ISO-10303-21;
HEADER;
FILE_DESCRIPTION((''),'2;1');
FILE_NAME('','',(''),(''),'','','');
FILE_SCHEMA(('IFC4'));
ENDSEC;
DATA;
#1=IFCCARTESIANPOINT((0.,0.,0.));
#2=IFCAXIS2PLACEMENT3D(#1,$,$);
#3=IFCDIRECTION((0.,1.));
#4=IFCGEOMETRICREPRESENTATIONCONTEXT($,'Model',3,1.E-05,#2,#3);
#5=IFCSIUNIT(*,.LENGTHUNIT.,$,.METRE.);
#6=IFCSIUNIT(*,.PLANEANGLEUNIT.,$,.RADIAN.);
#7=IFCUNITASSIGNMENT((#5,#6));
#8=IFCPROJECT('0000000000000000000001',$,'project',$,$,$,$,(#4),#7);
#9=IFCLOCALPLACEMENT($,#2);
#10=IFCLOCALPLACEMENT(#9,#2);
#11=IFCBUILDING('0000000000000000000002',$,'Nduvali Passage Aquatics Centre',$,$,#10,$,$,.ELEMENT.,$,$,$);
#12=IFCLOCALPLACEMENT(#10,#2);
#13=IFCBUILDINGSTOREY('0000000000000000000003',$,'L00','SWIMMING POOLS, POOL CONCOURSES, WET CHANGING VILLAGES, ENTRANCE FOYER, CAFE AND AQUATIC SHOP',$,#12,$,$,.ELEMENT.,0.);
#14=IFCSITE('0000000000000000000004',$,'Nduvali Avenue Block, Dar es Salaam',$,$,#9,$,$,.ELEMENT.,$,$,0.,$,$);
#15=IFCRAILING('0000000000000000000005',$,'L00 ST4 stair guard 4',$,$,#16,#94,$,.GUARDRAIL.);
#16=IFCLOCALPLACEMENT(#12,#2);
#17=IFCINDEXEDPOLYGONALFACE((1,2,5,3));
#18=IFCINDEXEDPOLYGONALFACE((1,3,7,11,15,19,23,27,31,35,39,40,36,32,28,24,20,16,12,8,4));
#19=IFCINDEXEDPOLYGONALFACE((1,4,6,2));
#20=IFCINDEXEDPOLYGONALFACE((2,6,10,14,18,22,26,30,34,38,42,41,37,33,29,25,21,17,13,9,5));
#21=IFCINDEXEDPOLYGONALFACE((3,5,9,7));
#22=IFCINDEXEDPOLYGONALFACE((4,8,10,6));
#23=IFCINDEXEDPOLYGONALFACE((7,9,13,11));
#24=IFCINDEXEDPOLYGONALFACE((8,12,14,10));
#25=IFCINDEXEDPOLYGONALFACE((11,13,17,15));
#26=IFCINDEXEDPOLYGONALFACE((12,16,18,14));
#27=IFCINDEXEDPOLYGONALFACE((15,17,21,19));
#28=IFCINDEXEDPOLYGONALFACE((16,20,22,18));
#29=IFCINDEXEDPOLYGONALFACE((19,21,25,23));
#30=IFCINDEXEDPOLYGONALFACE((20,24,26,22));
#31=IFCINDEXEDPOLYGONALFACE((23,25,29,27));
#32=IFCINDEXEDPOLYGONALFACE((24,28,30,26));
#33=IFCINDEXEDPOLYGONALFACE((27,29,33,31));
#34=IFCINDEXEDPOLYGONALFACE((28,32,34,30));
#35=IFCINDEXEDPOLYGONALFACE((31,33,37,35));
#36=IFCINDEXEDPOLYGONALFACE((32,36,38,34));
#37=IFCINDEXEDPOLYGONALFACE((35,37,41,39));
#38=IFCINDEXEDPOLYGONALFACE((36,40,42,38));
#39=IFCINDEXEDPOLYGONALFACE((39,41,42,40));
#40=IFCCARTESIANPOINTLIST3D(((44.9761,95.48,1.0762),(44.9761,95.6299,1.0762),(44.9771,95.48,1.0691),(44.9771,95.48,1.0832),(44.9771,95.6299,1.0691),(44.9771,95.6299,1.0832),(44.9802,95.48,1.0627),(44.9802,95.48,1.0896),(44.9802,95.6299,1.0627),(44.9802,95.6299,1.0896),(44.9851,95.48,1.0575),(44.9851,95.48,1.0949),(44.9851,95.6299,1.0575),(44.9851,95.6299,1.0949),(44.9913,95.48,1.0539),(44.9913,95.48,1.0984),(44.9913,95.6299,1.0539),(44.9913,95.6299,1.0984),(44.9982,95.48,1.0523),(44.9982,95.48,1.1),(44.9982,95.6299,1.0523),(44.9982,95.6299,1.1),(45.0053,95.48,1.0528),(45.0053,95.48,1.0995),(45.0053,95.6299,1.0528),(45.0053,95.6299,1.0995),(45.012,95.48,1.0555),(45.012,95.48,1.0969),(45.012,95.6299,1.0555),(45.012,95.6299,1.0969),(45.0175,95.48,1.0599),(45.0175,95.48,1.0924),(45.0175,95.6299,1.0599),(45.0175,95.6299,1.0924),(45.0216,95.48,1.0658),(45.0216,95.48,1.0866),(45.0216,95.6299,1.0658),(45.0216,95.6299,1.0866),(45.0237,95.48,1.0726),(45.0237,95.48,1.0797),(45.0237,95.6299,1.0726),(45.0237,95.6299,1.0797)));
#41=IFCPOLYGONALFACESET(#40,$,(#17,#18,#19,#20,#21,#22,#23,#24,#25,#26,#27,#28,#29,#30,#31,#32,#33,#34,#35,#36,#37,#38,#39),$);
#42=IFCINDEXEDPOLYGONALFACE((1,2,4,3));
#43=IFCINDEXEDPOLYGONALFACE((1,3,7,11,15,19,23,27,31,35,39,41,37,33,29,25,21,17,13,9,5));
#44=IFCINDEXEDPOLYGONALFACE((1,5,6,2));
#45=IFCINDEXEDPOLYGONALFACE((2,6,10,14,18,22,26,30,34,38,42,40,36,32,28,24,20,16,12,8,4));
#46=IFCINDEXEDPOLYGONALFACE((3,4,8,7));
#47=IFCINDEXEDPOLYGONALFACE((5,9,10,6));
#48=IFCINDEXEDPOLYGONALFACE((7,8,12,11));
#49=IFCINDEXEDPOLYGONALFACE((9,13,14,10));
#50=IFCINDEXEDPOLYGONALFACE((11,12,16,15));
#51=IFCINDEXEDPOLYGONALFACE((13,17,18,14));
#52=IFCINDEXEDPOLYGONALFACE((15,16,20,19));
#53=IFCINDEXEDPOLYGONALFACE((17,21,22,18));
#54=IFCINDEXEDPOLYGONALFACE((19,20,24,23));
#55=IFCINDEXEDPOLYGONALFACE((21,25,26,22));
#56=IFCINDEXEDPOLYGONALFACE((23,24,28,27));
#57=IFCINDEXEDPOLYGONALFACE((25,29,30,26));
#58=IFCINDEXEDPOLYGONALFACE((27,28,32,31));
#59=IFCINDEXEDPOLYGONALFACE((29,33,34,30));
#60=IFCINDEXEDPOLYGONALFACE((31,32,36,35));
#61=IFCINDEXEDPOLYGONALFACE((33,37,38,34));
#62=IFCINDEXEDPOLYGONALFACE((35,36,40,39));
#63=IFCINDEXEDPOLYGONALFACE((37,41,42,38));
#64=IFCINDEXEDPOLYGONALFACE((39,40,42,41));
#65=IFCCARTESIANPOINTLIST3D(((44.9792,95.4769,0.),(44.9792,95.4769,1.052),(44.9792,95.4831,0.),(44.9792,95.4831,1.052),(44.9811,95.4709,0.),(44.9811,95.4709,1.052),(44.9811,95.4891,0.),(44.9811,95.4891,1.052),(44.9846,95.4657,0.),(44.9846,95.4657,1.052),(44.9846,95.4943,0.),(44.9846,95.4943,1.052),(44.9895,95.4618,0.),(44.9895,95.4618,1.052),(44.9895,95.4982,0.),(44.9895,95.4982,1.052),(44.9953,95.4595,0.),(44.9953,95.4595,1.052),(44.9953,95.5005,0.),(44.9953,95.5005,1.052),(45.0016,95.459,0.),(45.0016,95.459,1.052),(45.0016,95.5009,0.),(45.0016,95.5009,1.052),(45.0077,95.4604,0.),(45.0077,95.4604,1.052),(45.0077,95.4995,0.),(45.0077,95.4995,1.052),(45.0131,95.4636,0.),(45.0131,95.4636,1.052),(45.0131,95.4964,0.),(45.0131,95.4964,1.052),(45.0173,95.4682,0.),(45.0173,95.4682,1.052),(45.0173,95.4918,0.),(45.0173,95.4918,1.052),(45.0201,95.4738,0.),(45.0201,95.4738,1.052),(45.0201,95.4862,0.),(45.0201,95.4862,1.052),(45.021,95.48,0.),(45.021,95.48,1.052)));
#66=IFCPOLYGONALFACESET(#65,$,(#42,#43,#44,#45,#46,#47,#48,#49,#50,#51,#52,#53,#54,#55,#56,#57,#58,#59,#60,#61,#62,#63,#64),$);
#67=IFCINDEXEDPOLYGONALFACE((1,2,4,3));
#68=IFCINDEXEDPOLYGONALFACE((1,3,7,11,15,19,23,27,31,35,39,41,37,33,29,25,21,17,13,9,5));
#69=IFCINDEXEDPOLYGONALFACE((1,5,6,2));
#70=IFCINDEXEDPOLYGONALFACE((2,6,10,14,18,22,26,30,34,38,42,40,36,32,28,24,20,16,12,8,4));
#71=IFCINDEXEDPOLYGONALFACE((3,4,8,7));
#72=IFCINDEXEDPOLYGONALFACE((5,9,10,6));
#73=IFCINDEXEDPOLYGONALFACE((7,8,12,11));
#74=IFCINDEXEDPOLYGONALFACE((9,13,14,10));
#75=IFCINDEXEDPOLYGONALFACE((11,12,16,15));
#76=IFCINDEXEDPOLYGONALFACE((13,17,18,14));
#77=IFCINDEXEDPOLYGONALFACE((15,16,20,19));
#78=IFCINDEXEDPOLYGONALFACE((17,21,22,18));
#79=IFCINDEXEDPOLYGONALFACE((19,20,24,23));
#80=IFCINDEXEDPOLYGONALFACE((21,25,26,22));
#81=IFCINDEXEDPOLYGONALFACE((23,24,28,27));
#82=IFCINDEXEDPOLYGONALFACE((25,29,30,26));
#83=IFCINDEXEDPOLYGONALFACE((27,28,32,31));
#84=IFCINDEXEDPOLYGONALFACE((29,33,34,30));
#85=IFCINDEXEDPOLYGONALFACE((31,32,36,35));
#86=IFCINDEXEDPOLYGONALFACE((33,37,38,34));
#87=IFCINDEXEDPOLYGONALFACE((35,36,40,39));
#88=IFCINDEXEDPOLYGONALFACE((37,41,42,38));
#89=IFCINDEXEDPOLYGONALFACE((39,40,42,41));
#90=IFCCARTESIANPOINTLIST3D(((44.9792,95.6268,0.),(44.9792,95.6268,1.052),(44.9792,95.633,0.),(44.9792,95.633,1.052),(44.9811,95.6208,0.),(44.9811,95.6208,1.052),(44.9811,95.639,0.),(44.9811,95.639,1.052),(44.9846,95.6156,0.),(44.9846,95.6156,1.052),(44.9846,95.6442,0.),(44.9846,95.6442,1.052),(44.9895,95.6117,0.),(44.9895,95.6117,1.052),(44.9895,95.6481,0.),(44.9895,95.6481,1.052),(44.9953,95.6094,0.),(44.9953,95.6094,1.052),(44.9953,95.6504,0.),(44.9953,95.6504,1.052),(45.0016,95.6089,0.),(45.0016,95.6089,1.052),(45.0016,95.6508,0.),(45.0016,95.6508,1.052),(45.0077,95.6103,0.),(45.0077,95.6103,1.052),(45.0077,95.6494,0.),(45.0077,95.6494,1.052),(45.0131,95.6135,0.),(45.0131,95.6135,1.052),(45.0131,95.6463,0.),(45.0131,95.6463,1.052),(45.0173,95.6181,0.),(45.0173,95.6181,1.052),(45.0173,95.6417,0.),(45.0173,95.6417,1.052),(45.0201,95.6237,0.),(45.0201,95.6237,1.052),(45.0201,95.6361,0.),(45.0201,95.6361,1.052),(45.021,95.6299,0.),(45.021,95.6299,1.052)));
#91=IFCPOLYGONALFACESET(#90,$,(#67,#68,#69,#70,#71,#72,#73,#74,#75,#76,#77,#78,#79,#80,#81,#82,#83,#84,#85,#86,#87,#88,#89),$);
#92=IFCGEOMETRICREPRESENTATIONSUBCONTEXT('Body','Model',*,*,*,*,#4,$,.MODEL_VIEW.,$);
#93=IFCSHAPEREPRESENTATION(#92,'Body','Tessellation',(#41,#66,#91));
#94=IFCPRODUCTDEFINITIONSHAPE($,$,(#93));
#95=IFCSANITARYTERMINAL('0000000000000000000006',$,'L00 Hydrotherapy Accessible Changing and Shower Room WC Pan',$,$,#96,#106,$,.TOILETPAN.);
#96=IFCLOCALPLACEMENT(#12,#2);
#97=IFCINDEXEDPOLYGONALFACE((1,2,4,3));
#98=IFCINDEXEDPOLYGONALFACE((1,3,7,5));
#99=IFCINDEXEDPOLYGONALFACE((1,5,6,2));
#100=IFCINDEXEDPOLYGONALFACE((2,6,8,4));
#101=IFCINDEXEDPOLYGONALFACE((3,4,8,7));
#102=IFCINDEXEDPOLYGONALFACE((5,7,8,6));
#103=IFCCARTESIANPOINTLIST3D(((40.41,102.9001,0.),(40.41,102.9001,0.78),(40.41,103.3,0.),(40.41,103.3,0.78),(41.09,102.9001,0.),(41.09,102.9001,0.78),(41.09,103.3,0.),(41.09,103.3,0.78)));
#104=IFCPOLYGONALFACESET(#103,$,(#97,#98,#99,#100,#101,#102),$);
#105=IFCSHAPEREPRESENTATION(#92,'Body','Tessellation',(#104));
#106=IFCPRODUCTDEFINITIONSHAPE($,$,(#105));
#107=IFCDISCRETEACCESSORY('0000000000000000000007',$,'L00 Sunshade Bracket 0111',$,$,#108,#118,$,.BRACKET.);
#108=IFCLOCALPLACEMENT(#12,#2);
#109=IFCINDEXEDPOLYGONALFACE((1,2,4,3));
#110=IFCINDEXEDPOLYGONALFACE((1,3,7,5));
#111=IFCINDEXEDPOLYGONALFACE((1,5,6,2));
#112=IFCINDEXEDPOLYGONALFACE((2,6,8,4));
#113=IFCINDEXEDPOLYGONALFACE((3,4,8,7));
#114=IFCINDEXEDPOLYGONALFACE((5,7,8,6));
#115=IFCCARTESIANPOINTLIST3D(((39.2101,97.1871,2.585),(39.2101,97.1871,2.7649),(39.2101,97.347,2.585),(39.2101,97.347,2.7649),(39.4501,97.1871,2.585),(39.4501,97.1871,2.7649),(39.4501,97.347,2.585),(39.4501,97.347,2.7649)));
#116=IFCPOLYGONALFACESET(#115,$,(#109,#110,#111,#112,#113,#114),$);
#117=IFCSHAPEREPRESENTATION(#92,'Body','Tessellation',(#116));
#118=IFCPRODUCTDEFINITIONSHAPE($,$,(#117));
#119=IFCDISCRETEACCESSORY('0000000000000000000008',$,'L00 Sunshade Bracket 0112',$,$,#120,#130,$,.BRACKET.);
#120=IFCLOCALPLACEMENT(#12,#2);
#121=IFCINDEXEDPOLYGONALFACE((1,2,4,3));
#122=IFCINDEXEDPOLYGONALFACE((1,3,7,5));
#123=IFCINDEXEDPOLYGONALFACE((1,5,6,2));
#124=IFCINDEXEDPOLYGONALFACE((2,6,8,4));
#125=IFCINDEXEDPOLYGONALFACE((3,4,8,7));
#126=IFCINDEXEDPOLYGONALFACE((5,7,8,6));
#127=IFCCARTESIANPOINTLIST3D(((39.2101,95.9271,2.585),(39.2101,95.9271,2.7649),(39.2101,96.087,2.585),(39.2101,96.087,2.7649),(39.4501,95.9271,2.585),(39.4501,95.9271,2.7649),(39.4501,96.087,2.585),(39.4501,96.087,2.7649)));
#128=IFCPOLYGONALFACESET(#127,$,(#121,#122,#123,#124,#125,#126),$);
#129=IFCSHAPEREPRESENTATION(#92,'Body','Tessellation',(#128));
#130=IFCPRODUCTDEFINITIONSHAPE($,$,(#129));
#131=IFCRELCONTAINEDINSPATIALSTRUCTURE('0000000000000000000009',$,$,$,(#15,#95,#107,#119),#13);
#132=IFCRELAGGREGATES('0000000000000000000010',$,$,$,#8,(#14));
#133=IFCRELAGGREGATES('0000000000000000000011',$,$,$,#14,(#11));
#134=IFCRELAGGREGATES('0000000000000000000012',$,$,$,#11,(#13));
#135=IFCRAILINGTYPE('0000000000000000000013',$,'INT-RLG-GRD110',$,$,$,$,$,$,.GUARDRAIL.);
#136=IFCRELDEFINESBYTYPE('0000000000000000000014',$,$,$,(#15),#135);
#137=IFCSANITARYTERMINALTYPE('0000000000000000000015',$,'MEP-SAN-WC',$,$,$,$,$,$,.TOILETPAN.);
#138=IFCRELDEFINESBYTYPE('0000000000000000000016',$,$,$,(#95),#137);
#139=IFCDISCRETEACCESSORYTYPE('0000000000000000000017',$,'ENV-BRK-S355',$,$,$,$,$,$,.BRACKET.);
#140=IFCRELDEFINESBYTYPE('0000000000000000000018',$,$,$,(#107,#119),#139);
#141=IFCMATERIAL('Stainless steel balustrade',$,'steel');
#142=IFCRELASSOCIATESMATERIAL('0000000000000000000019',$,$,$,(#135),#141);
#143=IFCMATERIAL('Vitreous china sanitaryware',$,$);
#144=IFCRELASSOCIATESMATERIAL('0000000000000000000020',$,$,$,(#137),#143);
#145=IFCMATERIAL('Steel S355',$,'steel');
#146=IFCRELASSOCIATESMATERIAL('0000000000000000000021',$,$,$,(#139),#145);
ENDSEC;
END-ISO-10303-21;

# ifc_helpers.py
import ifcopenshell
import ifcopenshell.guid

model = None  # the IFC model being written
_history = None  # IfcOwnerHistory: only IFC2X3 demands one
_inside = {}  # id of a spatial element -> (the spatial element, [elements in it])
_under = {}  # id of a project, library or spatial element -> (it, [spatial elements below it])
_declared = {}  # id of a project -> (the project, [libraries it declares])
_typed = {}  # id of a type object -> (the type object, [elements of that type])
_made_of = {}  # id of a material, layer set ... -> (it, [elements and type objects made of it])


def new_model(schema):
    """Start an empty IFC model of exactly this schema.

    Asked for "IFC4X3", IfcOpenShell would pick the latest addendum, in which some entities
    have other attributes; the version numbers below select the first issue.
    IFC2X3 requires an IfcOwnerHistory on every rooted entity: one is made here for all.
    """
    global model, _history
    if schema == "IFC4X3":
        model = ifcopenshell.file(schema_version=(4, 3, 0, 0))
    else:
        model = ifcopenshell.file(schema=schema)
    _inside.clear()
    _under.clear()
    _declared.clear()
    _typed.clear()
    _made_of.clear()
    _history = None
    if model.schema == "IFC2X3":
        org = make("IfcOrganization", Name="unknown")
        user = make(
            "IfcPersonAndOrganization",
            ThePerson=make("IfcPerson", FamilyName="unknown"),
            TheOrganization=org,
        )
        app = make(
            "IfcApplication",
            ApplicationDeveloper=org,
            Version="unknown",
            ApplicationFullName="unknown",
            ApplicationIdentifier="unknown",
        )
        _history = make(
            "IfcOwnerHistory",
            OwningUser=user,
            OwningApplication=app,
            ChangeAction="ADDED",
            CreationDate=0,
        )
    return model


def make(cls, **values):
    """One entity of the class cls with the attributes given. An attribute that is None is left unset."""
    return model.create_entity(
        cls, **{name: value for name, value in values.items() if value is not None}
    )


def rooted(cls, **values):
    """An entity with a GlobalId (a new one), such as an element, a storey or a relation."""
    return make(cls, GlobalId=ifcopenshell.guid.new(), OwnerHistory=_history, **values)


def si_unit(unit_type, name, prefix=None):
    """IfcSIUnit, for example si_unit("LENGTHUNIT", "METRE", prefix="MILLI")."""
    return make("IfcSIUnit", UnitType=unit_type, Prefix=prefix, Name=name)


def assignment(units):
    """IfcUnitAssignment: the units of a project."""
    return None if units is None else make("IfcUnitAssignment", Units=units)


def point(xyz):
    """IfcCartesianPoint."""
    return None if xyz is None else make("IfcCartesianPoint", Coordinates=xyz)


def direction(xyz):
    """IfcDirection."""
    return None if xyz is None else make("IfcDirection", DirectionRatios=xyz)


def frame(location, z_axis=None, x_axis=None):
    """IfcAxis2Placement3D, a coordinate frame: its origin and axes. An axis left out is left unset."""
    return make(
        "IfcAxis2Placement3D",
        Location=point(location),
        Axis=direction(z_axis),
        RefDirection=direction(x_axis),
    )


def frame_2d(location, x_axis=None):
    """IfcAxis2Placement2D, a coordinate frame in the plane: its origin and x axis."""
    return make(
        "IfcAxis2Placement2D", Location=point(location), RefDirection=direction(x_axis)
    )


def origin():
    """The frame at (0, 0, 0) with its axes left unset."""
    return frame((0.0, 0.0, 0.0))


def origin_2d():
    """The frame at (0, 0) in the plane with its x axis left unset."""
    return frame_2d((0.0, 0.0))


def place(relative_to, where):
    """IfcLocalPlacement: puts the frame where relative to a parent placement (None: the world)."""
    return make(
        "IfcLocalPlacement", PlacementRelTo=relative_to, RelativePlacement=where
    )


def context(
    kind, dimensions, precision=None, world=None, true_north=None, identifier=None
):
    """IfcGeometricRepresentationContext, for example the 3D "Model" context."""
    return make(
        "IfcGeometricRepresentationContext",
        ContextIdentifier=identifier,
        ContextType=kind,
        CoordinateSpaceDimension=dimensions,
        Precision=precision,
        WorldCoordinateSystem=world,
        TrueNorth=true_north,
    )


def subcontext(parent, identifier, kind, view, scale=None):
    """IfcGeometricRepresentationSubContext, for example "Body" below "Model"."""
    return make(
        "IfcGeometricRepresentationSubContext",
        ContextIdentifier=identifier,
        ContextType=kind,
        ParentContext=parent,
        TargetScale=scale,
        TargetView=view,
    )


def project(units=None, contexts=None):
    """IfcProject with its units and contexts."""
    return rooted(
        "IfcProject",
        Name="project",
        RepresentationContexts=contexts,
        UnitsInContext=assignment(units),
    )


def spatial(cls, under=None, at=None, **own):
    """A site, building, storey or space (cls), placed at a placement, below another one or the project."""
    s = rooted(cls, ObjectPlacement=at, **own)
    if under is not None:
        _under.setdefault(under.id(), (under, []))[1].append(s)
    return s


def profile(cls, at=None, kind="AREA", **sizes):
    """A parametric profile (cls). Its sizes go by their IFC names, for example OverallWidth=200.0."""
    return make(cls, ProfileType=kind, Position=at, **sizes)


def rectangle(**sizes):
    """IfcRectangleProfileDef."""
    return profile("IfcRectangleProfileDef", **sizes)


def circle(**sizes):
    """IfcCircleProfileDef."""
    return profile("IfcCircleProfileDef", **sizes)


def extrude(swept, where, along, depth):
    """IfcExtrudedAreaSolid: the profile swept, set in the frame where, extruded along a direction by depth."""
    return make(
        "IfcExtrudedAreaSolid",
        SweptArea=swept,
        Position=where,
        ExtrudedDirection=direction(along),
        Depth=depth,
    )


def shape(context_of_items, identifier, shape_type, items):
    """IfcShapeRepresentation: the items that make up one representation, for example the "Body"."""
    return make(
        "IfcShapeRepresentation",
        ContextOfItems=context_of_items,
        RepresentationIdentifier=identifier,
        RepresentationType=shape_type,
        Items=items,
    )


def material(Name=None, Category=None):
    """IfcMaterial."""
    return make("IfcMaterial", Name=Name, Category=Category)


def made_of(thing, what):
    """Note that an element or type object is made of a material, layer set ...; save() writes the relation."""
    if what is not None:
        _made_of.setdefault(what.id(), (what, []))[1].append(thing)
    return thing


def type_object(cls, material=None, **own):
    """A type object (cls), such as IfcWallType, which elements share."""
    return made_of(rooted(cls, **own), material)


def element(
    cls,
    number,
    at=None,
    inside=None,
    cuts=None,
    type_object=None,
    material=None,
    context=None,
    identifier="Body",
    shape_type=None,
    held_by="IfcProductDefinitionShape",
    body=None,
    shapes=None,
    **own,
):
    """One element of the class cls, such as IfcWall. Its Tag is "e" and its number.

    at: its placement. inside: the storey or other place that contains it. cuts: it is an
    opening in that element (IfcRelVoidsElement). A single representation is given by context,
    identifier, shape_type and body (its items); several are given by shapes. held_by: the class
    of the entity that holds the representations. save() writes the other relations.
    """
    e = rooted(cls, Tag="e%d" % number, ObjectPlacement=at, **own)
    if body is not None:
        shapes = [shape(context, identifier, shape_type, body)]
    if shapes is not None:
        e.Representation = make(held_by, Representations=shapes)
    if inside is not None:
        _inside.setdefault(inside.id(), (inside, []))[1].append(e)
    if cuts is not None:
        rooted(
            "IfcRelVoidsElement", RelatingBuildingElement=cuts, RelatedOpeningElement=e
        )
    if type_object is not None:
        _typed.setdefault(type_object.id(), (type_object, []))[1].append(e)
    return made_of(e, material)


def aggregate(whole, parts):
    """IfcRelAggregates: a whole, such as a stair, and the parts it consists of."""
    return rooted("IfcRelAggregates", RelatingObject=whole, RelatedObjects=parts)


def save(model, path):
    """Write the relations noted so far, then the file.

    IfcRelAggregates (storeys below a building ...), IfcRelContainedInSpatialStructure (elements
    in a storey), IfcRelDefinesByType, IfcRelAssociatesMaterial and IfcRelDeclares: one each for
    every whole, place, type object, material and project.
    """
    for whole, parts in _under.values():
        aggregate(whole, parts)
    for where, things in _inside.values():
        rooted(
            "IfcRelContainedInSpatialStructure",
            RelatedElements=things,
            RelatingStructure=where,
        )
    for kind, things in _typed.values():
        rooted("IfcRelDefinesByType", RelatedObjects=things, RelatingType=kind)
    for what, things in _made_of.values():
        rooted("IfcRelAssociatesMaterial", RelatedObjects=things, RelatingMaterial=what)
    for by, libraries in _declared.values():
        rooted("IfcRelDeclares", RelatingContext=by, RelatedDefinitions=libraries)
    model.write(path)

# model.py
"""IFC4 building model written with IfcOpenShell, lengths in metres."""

from ifc_helpers import new_model, si_unit, direction, frame, origin, origin_2d, place, context, subcontext, project, spatial, rectangle, circle, extrude, material, type_object, element, save


model = new_model("IFC4")

# Units and contexts
model_context = context("Model", 3, precision=1e-05, world=origin(), true_north=direction((0.0, 1.0)))
body_context = subcontext(model_context, "Body", "Model", "MODEL_VIEW")
ifc_project = project(units=[si_unit("LENGTHUNIT", "METRE"), si_unit("PLANEANGLEUNIT", "RADIAN")], contexts=[model_context])

# Site, building, storey
site_placement = place(None, origin())
site = spatial("IfcSite", under=ifc_project, at=site_placement, Name="Nduvali Avenue Block, Dar es Salaam", CompositionType="ELEMENT", RefElevation=0.0)
building_placement = place(site_placement, origin())
building = spatial("IfcBuilding", under=site, at=building_placement, Name="Nduvali Passage Aquatics Centre", CompositionType="ELEMENT")
storey_placement = place(building_placement, origin())
storey = spatial("IfcBuildingStorey", under=building, at=storey_placement, Name="L00", Description="SWIMMING POOLS, POOL CONCOURSES, WET CHANGING VILLAGES, ENTRANCE FOYER, CAFE AND AQUATIC SHOP", CompositionType="ELEMENT", Elevation=0.0)

# Shared definitions
ifc_material_1 = material(Name="Steel S355", Category="steel")

# Railing
ifc_material_2 = material(Name="Stainless steel balustrade", Category="steel")
railing_type = type_object("IfcRailingType", Name="INT-RLG-GRD110", PredefinedType="GUARDRAIL", material=ifc_material_2)
railing_1_placement = place(storey_placement, frame((45.0, 95.48, 0.0)))
element("IfcRailing", 1, at=railing_1_placement, inside=storey, type_object=railing_type, Name="L00 ST4 stair guard 4", PredefinedType="GUARDRAIL", context=body_context, shape_type="SweptSolid", body=[
    extrude(circle(Radius=0.0239, at=origin_2d()), frame((0.0, 0.0, 1.0762), z_axis=(0.0, 1.0, 0.0), x_axis=(-1.0, 0.0, 0.0)), (0.0, 0.0, 1.0), 0.1499),
    extrude(circle(Radius=0.021, at=origin_2d()), origin(), (0.0, 0.0, 1.0), 1.052),
    extrude(circle(Radius=0.021, at=origin_2d()), frame((0.0, 0.1499, 0.0)), (0.0, 0.0, 1.0), 1.052),
])

# Sanitary terminal
ifc_material_3 = material(Name="Vitreous china sanitaryware")
sanitary_terminal_type = type_object("IfcSanitaryTerminalType", Name="MEP-SAN-WC", PredefinedType="TOILETPAN", material=ifc_material_3)
sanitary_terminal_placement = place(storey_placement, frame((40.75, 103.1001, 0.0), z_axis=(0.0, 0.0, 1.0), x_axis=(1.0, 0.0, 0.0)))
element("IfcSanitaryTerminal", 2, at=sanitary_terminal_placement, inside=storey, type_object=sanitary_terminal_type, Name="L00 Hydrotherapy Accessible Changing and Shower Room WC Pan", PredefinedType="TOILETPAN", context=body_context, shape_type="SweptSolid", body=[
    extrude(rectangle(XDim=0.6799, YDim=0.3999, at=origin_2d()), origin(), (0.0, 0.0, 1.0), 0.78),
])

# Discrete accessories
discrete_accessory_type = type_object("IfcDiscreteAccessoryType", Name="ENV-BRK-S355", PredefinedType="BRACKET", material=ifc_material_1)
for number, where, z_axis, x_axis, name in (
    (3, (39.3301, 97.2671, 2.585), (0.0, 0.0, 1.0), (0.0, -1.0, 0.0), "L00 Sunshade Bracket 0111"),
    (4, (39.3301, 96.0071, 2.585), (0.0, 0.0, 1.0), (0.0, -1.0, 0.0), "L00 Sunshade Bracket 0112"),
):
    element("IfcDiscreteAccessory", number, at=place(storey_placement, frame(where, z_axis=z_axis, x_axis=x_axis)), inside=storey, type_object=discrete_accessory_type, Name=name, PredefinedType="BRACKET", context=body_context, shape_type="SweptSolid", body=[
        extrude(rectangle(XDim=0.1599, YDim=0.24, at=origin_2d()), origin(), (0.0, 0.0, 1.0), 0.1799),
    ])

save(model, "model.ifc")
